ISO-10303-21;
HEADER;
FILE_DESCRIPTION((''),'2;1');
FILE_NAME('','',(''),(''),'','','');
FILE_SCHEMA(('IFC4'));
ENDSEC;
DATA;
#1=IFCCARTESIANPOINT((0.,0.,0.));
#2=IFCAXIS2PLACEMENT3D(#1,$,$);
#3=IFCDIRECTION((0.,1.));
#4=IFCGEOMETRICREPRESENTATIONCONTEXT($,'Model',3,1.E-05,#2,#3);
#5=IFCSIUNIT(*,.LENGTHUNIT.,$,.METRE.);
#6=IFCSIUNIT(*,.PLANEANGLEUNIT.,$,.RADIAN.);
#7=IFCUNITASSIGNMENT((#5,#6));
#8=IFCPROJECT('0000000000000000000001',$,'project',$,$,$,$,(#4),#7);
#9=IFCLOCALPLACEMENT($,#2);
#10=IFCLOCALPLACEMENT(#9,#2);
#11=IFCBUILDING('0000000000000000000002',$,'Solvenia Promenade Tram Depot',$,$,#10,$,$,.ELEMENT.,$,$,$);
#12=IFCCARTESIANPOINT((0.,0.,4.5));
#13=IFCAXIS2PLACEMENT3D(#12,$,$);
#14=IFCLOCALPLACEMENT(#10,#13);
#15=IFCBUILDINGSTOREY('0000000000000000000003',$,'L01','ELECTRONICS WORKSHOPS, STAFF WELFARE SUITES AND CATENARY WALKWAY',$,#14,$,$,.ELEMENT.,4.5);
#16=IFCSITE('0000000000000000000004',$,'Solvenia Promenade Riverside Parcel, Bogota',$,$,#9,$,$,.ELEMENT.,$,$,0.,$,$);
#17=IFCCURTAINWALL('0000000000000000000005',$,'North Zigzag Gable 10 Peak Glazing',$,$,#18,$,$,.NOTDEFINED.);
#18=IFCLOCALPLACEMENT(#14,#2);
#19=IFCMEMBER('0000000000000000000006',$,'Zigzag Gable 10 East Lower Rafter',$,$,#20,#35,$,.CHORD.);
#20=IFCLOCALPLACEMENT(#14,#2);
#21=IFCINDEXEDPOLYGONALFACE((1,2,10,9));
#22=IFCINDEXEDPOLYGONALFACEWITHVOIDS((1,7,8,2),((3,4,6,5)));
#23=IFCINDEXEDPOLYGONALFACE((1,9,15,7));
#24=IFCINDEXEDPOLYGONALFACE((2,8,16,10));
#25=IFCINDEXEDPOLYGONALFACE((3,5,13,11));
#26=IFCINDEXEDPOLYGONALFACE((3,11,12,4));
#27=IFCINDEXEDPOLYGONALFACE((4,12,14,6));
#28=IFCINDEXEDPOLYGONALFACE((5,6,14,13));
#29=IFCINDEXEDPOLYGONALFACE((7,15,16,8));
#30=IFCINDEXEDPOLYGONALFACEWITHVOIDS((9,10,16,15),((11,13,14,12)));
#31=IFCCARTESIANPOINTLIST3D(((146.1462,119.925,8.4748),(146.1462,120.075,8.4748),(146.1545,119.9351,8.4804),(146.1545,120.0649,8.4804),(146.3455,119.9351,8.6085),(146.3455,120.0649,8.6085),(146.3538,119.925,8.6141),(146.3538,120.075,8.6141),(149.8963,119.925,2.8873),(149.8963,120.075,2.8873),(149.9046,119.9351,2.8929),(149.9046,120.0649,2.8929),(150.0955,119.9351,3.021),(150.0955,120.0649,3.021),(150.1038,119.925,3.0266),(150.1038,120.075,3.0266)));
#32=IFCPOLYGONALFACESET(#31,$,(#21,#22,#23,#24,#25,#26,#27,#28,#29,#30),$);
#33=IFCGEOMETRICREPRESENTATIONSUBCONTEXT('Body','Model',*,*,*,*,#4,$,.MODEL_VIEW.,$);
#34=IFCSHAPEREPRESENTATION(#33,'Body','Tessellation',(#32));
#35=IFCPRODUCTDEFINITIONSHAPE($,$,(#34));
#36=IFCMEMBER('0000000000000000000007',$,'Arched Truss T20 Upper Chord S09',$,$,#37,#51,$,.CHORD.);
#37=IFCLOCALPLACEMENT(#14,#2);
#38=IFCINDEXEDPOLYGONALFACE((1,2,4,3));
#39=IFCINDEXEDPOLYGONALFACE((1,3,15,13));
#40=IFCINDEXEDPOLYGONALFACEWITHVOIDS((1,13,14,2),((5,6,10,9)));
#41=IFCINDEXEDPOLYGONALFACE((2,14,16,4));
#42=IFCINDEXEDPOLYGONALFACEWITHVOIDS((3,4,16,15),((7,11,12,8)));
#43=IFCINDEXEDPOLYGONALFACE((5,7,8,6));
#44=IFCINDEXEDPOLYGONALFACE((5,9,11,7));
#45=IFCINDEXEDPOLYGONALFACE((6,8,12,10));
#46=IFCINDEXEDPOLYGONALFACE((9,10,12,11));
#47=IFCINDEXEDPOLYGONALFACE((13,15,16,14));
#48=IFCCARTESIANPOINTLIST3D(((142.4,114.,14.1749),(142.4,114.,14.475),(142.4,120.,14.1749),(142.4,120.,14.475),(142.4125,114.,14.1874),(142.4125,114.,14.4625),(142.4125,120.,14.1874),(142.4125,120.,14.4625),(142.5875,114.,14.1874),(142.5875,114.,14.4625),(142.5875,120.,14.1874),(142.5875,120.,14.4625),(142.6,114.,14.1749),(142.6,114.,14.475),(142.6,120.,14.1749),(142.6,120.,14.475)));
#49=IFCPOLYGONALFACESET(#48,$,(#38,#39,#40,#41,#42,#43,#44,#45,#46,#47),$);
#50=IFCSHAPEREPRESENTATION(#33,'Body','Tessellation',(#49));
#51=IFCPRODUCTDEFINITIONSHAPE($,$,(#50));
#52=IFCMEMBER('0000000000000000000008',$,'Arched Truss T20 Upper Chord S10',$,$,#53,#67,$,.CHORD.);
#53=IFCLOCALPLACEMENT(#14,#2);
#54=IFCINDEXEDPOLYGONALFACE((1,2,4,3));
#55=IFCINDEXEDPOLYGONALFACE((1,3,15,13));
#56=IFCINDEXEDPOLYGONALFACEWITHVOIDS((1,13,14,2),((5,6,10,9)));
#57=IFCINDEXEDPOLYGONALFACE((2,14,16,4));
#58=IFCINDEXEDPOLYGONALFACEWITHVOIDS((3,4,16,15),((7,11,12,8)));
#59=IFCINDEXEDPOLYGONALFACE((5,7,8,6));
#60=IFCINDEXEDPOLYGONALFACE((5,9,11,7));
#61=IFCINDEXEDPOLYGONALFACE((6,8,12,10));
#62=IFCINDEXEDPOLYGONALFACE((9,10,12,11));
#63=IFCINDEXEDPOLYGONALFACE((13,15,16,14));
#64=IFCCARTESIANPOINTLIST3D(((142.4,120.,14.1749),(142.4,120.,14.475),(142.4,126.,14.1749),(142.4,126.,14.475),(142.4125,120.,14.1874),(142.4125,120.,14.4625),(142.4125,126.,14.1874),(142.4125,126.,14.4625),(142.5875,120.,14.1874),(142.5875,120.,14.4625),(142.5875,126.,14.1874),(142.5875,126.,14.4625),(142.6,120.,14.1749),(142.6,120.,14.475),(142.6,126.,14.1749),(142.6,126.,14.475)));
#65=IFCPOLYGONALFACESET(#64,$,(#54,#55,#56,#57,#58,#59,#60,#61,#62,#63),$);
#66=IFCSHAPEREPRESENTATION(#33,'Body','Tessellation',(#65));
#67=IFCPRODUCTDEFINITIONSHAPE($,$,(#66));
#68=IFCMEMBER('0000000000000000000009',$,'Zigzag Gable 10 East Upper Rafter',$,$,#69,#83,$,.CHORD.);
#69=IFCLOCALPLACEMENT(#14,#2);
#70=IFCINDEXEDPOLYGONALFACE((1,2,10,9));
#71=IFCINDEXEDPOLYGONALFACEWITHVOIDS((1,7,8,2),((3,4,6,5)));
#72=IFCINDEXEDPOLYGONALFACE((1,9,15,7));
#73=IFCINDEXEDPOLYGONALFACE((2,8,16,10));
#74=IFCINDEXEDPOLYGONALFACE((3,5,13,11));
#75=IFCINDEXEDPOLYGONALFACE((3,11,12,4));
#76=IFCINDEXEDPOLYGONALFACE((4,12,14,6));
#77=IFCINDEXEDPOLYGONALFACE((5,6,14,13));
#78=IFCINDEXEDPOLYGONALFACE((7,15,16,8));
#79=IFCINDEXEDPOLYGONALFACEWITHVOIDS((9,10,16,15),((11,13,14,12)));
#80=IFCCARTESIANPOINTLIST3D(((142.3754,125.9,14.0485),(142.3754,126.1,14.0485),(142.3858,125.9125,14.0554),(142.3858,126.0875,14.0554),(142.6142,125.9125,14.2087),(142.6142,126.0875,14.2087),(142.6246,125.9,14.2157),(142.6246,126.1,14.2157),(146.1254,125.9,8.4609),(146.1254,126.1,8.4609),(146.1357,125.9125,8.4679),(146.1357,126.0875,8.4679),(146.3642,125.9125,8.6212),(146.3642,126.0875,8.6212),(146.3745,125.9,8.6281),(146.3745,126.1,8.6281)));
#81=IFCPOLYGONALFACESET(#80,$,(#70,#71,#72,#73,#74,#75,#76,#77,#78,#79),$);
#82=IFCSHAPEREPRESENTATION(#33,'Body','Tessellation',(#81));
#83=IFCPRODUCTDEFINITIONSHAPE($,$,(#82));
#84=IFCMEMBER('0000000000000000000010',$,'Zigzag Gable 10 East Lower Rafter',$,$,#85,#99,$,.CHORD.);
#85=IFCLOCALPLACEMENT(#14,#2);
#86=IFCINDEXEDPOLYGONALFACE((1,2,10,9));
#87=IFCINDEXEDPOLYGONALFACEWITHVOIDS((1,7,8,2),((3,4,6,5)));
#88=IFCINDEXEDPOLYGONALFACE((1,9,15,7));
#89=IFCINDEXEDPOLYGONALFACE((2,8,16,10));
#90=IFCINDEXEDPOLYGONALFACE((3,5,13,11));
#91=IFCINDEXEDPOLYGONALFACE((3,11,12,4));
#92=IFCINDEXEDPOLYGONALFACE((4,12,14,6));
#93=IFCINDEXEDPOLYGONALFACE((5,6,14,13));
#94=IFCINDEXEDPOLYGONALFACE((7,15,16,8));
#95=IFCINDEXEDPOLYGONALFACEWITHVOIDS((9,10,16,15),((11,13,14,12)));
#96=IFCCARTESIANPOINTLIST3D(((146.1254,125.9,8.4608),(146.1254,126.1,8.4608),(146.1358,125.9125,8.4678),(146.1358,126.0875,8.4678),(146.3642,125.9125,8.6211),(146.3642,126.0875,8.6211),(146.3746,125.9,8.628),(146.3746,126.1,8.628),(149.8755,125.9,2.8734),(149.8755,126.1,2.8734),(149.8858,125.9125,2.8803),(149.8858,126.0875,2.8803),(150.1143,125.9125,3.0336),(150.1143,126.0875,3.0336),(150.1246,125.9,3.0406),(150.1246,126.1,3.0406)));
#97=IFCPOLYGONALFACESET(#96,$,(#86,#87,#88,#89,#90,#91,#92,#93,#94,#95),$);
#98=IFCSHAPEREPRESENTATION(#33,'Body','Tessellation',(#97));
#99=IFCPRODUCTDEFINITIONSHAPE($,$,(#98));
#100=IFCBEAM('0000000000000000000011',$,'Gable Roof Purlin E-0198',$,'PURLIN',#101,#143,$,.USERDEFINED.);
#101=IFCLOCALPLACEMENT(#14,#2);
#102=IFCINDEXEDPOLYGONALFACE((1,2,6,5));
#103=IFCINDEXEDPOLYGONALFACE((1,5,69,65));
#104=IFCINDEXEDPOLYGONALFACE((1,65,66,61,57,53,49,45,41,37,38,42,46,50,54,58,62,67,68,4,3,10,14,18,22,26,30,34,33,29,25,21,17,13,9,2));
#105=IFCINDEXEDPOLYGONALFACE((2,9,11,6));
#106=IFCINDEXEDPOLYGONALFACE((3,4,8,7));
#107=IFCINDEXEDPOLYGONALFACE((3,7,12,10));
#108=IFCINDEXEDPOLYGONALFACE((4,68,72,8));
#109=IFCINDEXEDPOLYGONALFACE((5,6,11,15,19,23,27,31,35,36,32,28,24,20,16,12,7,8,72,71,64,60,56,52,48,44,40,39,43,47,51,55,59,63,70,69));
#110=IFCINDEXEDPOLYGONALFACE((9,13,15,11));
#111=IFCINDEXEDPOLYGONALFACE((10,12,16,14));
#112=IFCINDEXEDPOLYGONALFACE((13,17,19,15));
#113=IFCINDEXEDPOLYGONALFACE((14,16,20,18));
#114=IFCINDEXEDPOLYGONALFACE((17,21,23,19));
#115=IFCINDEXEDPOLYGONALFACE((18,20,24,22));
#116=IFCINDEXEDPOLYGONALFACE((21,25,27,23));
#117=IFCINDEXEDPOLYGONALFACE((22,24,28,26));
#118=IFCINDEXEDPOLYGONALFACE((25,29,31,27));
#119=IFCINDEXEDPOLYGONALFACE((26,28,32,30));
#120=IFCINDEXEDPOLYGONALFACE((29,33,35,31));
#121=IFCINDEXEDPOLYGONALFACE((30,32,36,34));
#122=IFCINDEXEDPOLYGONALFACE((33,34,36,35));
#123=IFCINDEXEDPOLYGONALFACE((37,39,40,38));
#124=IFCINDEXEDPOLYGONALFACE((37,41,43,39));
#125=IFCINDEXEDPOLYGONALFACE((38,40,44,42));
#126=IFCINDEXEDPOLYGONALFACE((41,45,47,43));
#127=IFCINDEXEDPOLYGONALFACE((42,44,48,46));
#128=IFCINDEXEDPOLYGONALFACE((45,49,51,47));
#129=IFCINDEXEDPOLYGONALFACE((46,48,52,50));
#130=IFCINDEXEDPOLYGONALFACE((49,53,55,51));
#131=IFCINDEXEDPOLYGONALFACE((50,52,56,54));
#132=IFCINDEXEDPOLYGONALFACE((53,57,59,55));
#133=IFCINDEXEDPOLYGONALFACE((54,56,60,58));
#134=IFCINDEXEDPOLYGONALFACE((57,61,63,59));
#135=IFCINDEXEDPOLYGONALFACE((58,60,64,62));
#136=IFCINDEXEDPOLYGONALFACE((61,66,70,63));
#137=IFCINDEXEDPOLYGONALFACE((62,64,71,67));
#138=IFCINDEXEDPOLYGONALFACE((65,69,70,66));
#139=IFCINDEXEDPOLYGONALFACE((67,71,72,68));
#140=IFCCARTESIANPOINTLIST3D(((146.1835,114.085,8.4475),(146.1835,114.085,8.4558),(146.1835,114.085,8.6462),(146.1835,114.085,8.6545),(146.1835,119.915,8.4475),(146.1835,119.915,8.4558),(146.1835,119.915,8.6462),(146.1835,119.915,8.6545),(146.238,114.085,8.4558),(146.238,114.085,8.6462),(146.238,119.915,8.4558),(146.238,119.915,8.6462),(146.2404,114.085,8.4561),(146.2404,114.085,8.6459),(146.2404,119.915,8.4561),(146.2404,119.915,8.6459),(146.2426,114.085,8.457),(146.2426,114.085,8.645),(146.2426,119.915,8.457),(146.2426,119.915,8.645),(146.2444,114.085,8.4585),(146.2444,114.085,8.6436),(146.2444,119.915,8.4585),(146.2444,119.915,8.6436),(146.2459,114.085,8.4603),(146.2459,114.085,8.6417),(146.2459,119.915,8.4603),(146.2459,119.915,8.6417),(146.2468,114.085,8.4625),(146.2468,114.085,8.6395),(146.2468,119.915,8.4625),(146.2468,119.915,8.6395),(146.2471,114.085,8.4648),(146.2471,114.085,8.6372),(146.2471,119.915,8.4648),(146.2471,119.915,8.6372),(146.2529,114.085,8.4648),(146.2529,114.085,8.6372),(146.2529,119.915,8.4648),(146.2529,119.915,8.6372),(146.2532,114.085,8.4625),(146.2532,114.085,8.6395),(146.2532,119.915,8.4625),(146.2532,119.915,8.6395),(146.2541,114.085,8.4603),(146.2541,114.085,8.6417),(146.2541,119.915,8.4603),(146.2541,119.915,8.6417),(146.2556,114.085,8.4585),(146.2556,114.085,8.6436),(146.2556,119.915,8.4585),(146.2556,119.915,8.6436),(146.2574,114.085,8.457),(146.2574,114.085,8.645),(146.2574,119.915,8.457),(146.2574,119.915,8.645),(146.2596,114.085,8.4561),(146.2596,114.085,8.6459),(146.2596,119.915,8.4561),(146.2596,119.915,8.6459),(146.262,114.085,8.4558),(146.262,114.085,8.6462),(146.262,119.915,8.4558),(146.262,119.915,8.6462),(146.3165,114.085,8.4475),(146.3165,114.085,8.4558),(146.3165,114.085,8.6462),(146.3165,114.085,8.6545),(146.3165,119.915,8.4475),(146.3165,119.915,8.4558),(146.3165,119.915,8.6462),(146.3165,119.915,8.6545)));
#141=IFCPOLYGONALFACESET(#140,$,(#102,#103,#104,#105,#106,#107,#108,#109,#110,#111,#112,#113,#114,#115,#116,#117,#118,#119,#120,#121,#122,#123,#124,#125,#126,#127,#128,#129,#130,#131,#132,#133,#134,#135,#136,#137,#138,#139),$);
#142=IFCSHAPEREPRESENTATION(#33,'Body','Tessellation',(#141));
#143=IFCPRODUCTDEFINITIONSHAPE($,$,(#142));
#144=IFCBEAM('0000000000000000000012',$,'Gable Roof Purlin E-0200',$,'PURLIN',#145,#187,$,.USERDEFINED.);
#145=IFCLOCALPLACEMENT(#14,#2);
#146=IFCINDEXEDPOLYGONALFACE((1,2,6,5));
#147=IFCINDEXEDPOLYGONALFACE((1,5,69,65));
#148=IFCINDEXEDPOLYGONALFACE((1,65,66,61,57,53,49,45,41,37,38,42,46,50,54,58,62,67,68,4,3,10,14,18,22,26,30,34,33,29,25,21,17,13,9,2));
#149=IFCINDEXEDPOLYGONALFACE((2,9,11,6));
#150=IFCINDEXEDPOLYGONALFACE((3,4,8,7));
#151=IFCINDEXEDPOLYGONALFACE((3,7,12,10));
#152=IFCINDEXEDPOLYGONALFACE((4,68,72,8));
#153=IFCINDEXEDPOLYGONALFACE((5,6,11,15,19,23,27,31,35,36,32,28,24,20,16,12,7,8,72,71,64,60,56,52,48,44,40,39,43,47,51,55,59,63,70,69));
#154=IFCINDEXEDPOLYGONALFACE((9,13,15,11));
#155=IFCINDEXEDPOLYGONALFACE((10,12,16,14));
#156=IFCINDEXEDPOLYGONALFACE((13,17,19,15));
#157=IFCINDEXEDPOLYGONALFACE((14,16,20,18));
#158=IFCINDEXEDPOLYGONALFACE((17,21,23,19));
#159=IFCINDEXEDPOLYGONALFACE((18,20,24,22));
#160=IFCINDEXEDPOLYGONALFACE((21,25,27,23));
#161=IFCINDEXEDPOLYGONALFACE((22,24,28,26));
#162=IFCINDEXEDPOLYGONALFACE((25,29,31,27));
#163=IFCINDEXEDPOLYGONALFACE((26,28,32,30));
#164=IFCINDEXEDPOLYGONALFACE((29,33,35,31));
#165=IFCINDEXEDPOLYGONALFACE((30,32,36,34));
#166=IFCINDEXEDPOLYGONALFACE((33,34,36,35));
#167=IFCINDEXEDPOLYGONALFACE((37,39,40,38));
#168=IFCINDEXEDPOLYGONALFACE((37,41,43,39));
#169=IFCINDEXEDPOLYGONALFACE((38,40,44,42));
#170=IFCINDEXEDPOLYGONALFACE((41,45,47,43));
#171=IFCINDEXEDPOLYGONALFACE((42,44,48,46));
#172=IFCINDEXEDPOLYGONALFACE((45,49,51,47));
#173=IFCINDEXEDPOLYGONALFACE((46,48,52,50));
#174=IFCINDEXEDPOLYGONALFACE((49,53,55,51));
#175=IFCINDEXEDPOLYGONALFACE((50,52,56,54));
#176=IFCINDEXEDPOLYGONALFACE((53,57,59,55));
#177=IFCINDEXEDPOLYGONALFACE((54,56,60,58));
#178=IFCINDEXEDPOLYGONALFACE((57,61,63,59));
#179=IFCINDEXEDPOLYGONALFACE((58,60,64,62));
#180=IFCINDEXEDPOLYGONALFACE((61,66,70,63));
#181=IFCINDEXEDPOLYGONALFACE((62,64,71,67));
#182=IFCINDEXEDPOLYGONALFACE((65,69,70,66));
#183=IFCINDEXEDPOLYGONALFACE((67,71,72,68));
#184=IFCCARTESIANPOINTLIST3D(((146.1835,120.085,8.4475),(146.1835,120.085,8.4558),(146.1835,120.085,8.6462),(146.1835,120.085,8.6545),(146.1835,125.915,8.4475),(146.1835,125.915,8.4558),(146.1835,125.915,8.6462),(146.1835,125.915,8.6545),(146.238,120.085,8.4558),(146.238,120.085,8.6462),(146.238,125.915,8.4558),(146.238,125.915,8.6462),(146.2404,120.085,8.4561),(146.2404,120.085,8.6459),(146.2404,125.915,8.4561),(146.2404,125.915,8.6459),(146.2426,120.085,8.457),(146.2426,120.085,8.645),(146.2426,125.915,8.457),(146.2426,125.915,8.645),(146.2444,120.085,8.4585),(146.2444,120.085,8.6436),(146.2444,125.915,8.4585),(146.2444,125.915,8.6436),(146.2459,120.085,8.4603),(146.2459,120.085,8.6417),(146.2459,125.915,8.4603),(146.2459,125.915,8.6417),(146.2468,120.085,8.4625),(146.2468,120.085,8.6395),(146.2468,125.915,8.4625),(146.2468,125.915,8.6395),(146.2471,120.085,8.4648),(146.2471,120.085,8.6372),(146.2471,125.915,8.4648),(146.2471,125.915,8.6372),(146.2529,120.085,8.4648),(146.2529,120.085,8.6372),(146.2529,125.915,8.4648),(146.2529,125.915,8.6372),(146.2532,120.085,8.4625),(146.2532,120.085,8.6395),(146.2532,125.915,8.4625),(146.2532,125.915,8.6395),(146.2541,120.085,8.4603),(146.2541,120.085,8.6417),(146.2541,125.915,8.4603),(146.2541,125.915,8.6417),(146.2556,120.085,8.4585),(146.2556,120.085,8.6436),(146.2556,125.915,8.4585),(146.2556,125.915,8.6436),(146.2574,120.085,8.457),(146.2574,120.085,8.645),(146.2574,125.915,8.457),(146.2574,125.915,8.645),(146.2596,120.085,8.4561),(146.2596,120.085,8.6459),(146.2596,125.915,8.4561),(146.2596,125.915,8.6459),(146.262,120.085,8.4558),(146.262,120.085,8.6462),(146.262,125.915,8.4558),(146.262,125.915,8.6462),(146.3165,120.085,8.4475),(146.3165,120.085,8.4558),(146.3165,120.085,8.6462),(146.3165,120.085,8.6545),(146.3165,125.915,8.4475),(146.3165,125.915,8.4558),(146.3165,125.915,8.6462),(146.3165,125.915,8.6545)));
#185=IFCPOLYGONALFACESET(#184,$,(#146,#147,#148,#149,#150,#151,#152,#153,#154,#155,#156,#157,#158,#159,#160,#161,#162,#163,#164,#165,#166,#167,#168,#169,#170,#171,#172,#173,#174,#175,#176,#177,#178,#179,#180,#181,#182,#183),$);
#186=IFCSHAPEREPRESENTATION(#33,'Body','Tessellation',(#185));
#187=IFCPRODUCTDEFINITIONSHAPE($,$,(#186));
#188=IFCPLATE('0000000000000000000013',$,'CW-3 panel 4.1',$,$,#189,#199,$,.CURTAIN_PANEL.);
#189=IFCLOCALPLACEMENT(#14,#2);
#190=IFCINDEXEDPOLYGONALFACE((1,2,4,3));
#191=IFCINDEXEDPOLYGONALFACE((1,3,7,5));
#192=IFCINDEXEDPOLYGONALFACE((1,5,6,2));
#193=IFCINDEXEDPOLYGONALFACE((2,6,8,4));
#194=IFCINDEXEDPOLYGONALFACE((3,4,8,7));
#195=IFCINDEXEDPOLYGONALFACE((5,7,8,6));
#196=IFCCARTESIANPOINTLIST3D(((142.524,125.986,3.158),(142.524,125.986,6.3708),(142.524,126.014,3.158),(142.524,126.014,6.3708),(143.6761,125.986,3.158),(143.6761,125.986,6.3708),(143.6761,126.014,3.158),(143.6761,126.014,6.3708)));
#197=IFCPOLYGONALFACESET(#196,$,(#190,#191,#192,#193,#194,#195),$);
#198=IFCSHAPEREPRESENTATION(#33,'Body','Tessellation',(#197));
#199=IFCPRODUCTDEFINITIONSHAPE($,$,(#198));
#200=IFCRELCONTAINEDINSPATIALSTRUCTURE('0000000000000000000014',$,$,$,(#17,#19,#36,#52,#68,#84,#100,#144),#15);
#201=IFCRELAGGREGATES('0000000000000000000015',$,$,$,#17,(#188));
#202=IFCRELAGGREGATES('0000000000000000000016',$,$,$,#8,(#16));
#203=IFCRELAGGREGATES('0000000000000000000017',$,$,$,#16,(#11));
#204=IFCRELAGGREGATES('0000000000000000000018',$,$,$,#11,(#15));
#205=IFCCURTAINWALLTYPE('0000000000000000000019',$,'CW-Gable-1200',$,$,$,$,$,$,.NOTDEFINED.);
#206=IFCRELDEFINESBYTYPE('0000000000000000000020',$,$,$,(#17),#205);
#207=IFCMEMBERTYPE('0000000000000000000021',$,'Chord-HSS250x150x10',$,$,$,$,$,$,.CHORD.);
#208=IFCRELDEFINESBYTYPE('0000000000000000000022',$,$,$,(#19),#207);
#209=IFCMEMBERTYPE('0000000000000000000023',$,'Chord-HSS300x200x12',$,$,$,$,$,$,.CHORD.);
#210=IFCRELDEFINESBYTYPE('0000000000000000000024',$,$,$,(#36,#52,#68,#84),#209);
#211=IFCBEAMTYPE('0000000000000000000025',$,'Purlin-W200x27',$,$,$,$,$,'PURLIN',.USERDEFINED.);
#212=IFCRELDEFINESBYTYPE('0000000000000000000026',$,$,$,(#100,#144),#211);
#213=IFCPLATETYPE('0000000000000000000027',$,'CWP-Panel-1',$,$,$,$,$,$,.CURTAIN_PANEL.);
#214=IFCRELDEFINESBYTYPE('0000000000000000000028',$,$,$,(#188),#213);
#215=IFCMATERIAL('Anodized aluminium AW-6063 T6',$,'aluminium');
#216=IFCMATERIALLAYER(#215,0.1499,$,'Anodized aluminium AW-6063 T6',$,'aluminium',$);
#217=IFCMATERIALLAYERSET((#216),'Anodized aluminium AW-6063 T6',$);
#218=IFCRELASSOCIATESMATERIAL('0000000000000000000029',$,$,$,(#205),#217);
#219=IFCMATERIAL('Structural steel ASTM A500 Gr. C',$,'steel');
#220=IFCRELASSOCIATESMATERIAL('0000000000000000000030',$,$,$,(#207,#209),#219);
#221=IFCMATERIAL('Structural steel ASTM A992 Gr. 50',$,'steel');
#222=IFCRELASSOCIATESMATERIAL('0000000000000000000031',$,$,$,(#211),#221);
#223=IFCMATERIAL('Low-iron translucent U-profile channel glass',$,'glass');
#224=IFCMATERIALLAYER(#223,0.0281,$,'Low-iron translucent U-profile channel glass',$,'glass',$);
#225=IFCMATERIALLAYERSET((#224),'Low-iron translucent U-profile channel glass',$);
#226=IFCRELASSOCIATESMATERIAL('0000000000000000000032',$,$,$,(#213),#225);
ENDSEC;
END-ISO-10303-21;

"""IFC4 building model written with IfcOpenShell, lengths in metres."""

from ifc_helpers import new_model, si_unit, direction, frame, origin, origin_2d, place, context, subcontext, project, spatial, rectangle, hollow_rectangle, i_section, extrude, material, layer, layer_set, material_profile, profile_set, type_object, element, aggregate, save


model = new_model("IFC4")

# Units and contexts
model_context = context("Model", 3, precision=1e-05, world=origin(), true_north=direction((0.0, 1.0)))
body_context = subcontext(model_context, "Body", "Model", "MODEL_VIEW")
ifc_project = project(units=[si_unit("LENGTHUNIT", "METRE"), si_unit("PLANEANGLEUNIT", "RADIAN")], contexts=[model_context])

# Site, building, storey
site_placement = place(None, origin())
site = spatial("IfcSite", under=ifc_project, at=site_placement, Name="Solvenia Promenade Riverside Parcel, Bogota", CompositionType="ELEMENT", RefElevation=0.0)
building_placement = place(site_placement, origin())
building = spatial("IfcBuilding", under=site, at=building_placement, Name="Solvenia Promenade Tram Depot", CompositionType="ELEMENT")
storey_placement = place(building_placement, frame((0.0, 0.0, 4.5)))
storey = spatial("IfcBuildingStorey", under=building, at=storey_placement, Name="L01", Description="ELECTRONICS WORKSHOPS, STAFF WELFARE SUITES AND CATENARY WALKWAY", CompositionType="ELEMENT", Elevation=4.5)

# Curtain wall
ifc_material_1 = material(Name="Anodized aluminium AW-6063 T6", Category="aluminium")
ifc_layer_1 = layer(ifc_material_1, 0.1499, Name="Anodized aluminium AW-6063 T6", Category="aluminium")
ifc_layer_set_1 = layer_set([ifc_layer_1], Name="Anodized aluminium AW-6063 T6")
curtain_wall_type = type_object("IfcCurtainWallType", Name="CW-Gable-1200", PredefinedType="NOTDEFINED", material=ifc_layer_set_1)
curtain_wall_placement = place(storey_placement, origin())
curtain_wall = element("IfcCurtainWall", 1, at=curtain_wall_placement, inside=storey, type_object=curtain_wall_type, Name="North Zigzag Gable 10 Peak Glazing", PredefinedType="NOTDEFINED")

# Members
ifc_material_2 = material(Name="Structural steel ASTM A500 Gr. C", Category="steel")
ifc_material_profile_1 = material_profile(ifc_material_2, hollow_rectangle(XDim=0.1499, YDim=0.25, WallThickness=0.01, at=origin_2d()), Name="HSS250x150x10", Category="steel")
ifc_profile_set_1 = profile_set([ifc_material_profile_1], Name="Structural steel ASTM A500 Gr. C")
member_type_1 = type_object("IfcMemberType", Name="Chord-HSS250x150x10", PredefinedType="CHORD", material=ifc_profile_set_1)
for number, where, z_axis, x_axis, name in (
    (2, (146.25, 120.0, 8.5444), (0.557276, 0.0, -0.830327), (0.0, 1.0, 0.0), "Zigzag Gable 10 East Lower Rafter"),
):
    element("IfcMember", number, at=place(storey_placement, frame(where, z_axis=z_axis, x_axis=x_axis)), inside=storey, type_object=member_type_1, Name=name, PredefinedType="CHORD", context=body_context, shape_type="SweptSolid", body=[
        extrude(hollow_rectangle(XDim=0.1499, YDim=0.25, WallThickness=0.01, at=origin_2d()), origin(), (0.0, 0.0, 1.0), 6.7292),
    ])
ifc_material_profile_2 = material_profile(ifc_material_2, hollow_rectangle(XDim=0.2, YDim=0.3, WallThickness=0.0125, at=origin_2d()), Name="HSS300x200x12.5", Category="steel")
ifc_profile_set_2 = profile_set([ifc_material_profile_2], Name="Structural steel ASTM A500 Gr. C")
member_type_2 = type_object("IfcMemberType", Name="Chord-HSS300x200x12", PredefinedType="CHORD", material=ifc_profile_set_2)
for number, where, z_axis, x_axis, name in (
    (3, (142.5, 114.0, 14.325), (0.0, 1.0, 0.0), (-1.0, 0.0, 0.0), "Arched Truss T20 Upper Chord S09"),
    (4, (142.5, 120.0, 14.325), (0.0, 1.0, 0.0), (-1.0, 0.0, 0.0), "Arched Truss T20 Upper Chord S10"),
):
    element("IfcMember", number, at=place(storey_placement, frame(where, z_axis=z_axis, x_axis=x_axis)), inside=storey, type_object=member_type_2, Name=name, PredefinedType="CHORD", context=body_context, shape_type="SweptSolid", body=[
        extrude(hollow_rectangle(XDim=0.2, YDim=0.3, WallThickness=0.0125, at=origin_2d()), origin(), (0.0, 0.0, 1.0), 6.0),
    ])
for number, where, z_axis, x_axis, name in (
    (5, (142.5, 126.0, 14.1321), (0.557259, 0.0, -0.830338), (0.0, 1.0, 0.0), "Zigzag Gable 10 East Upper Rafter"),
    (6, (146.25, 126.0, 8.5444), (0.557276, 0.0, -0.830327), (0.0, 1.0, 0.0), "Zigzag Gable 10 East Lower Rafter"),
):
    element("IfcMember", number, at=place(storey_placement, frame(where, z_axis=z_axis, x_axis=x_axis)), inside=storey, type_object=member_type_2, Name=name, PredefinedType="CHORD", context=body_context, shape_type="SweptSolid", body=[
        extrude(hollow_rectangle(XDim=0.2, YDim=0.3, WallThickness=0.0125, at=origin_2d()), origin(), (0.0, 0.0, 1.0), 6.7292),
    ])

# Beams
ifc_material_3 = material(Name="Structural steel ASTM A992 Gr. 50", Category="steel")
ifc_material_profile_3 = material_profile(ifc_material_3, i_section(OverallWidth=0.1331, OverallDepth=0.207, WebThickness=0.0059, FlangeThickness=0.0083, FilletRadius=0.009, at=origin_2d()), Name="W200x27", Category="steel")
ifc_profile_set_3 = profile_set([ifc_material_profile_3], Name="Structural steel ASTM A992 Gr. 50")
beam_type = type_object("IfcBeamType", Name="Purlin-W200x27", ElementType="PURLIN", PredefinedType="USERDEFINED", material=ifc_profile_set_3)
for number, where, z_axis, x_axis, name in (
    (7, (146.25, 114.085, 8.551), (0.0, 1.0, 0.0), (-1.0, 0.0, 0.0), "Gable Roof Purlin E-0198"),
    (8, (146.25, 120.085, 8.551), (0.0, 1.0, 0.0), (-1.0, 0.0, 0.0), "Gable Roof Purlin E-0200"),
):
    element("IfcBeam", number, at=place(storey_placement, frame(where, z_axis=z_axis, x_axis=x_axis)), inside=storey, type_object=beam_type, Name=name, ObjectType="PURLIN", PredefinedType="USERDEFINED", context=body_context, shape_type="SweptSolid", body=[
        extrude(i_section(OverallWidth=0.1331, OverallDepth=0.207, WebThickness=0.0059, FlangeThickness=0.0083, FilletRadius=0.009, at=origin_2d()), origin(), (0.0, 0.0, 1.0), 5.8301),
    ])

# Plate
ifc_material_4 = material(Name="Low-iron translucent U-profile channel glass", Category="glass")
ifc_layer_2 = layer(ifc_material_4, 0.0281, Name="Low-iron translucent U-profile channel glass", Category="glass")
ifc_layer_set_2 = layer_set([ifc_layer_2], Name="Low-iron translucent U-profile channel glass")
plate_type_1 = type_object("IfcPlateType", Name="CWP-Panel-1", PredefinedType="CURTAIN_PANEL", material=ifc_layer_set_2)
plate_1_placement = place(storey_placement, frame((143.1001, 126.0, 3.158), z_axis=(0.0, 0.0, 1.0), x_axis=(1.0, 0.0, 0.0)))
plate_1 = element("IfcPlate", 9, at=plate_1_placement, type_object=plate_type_1, Name="CW-3 panel 4.1", PredefinedType="CURTAIN_PANEL", context=body_context, shape_type="SweptSolid", body=[
    extrude(rectangle(XDim=1.1521, YDim=0.0281, at=origin_2d()), origin(), (0.0, 0.0, 1.0), 3.2129),
])
aggregate(curtain_wall, [plate_1])

save(model, "model.ifc")
